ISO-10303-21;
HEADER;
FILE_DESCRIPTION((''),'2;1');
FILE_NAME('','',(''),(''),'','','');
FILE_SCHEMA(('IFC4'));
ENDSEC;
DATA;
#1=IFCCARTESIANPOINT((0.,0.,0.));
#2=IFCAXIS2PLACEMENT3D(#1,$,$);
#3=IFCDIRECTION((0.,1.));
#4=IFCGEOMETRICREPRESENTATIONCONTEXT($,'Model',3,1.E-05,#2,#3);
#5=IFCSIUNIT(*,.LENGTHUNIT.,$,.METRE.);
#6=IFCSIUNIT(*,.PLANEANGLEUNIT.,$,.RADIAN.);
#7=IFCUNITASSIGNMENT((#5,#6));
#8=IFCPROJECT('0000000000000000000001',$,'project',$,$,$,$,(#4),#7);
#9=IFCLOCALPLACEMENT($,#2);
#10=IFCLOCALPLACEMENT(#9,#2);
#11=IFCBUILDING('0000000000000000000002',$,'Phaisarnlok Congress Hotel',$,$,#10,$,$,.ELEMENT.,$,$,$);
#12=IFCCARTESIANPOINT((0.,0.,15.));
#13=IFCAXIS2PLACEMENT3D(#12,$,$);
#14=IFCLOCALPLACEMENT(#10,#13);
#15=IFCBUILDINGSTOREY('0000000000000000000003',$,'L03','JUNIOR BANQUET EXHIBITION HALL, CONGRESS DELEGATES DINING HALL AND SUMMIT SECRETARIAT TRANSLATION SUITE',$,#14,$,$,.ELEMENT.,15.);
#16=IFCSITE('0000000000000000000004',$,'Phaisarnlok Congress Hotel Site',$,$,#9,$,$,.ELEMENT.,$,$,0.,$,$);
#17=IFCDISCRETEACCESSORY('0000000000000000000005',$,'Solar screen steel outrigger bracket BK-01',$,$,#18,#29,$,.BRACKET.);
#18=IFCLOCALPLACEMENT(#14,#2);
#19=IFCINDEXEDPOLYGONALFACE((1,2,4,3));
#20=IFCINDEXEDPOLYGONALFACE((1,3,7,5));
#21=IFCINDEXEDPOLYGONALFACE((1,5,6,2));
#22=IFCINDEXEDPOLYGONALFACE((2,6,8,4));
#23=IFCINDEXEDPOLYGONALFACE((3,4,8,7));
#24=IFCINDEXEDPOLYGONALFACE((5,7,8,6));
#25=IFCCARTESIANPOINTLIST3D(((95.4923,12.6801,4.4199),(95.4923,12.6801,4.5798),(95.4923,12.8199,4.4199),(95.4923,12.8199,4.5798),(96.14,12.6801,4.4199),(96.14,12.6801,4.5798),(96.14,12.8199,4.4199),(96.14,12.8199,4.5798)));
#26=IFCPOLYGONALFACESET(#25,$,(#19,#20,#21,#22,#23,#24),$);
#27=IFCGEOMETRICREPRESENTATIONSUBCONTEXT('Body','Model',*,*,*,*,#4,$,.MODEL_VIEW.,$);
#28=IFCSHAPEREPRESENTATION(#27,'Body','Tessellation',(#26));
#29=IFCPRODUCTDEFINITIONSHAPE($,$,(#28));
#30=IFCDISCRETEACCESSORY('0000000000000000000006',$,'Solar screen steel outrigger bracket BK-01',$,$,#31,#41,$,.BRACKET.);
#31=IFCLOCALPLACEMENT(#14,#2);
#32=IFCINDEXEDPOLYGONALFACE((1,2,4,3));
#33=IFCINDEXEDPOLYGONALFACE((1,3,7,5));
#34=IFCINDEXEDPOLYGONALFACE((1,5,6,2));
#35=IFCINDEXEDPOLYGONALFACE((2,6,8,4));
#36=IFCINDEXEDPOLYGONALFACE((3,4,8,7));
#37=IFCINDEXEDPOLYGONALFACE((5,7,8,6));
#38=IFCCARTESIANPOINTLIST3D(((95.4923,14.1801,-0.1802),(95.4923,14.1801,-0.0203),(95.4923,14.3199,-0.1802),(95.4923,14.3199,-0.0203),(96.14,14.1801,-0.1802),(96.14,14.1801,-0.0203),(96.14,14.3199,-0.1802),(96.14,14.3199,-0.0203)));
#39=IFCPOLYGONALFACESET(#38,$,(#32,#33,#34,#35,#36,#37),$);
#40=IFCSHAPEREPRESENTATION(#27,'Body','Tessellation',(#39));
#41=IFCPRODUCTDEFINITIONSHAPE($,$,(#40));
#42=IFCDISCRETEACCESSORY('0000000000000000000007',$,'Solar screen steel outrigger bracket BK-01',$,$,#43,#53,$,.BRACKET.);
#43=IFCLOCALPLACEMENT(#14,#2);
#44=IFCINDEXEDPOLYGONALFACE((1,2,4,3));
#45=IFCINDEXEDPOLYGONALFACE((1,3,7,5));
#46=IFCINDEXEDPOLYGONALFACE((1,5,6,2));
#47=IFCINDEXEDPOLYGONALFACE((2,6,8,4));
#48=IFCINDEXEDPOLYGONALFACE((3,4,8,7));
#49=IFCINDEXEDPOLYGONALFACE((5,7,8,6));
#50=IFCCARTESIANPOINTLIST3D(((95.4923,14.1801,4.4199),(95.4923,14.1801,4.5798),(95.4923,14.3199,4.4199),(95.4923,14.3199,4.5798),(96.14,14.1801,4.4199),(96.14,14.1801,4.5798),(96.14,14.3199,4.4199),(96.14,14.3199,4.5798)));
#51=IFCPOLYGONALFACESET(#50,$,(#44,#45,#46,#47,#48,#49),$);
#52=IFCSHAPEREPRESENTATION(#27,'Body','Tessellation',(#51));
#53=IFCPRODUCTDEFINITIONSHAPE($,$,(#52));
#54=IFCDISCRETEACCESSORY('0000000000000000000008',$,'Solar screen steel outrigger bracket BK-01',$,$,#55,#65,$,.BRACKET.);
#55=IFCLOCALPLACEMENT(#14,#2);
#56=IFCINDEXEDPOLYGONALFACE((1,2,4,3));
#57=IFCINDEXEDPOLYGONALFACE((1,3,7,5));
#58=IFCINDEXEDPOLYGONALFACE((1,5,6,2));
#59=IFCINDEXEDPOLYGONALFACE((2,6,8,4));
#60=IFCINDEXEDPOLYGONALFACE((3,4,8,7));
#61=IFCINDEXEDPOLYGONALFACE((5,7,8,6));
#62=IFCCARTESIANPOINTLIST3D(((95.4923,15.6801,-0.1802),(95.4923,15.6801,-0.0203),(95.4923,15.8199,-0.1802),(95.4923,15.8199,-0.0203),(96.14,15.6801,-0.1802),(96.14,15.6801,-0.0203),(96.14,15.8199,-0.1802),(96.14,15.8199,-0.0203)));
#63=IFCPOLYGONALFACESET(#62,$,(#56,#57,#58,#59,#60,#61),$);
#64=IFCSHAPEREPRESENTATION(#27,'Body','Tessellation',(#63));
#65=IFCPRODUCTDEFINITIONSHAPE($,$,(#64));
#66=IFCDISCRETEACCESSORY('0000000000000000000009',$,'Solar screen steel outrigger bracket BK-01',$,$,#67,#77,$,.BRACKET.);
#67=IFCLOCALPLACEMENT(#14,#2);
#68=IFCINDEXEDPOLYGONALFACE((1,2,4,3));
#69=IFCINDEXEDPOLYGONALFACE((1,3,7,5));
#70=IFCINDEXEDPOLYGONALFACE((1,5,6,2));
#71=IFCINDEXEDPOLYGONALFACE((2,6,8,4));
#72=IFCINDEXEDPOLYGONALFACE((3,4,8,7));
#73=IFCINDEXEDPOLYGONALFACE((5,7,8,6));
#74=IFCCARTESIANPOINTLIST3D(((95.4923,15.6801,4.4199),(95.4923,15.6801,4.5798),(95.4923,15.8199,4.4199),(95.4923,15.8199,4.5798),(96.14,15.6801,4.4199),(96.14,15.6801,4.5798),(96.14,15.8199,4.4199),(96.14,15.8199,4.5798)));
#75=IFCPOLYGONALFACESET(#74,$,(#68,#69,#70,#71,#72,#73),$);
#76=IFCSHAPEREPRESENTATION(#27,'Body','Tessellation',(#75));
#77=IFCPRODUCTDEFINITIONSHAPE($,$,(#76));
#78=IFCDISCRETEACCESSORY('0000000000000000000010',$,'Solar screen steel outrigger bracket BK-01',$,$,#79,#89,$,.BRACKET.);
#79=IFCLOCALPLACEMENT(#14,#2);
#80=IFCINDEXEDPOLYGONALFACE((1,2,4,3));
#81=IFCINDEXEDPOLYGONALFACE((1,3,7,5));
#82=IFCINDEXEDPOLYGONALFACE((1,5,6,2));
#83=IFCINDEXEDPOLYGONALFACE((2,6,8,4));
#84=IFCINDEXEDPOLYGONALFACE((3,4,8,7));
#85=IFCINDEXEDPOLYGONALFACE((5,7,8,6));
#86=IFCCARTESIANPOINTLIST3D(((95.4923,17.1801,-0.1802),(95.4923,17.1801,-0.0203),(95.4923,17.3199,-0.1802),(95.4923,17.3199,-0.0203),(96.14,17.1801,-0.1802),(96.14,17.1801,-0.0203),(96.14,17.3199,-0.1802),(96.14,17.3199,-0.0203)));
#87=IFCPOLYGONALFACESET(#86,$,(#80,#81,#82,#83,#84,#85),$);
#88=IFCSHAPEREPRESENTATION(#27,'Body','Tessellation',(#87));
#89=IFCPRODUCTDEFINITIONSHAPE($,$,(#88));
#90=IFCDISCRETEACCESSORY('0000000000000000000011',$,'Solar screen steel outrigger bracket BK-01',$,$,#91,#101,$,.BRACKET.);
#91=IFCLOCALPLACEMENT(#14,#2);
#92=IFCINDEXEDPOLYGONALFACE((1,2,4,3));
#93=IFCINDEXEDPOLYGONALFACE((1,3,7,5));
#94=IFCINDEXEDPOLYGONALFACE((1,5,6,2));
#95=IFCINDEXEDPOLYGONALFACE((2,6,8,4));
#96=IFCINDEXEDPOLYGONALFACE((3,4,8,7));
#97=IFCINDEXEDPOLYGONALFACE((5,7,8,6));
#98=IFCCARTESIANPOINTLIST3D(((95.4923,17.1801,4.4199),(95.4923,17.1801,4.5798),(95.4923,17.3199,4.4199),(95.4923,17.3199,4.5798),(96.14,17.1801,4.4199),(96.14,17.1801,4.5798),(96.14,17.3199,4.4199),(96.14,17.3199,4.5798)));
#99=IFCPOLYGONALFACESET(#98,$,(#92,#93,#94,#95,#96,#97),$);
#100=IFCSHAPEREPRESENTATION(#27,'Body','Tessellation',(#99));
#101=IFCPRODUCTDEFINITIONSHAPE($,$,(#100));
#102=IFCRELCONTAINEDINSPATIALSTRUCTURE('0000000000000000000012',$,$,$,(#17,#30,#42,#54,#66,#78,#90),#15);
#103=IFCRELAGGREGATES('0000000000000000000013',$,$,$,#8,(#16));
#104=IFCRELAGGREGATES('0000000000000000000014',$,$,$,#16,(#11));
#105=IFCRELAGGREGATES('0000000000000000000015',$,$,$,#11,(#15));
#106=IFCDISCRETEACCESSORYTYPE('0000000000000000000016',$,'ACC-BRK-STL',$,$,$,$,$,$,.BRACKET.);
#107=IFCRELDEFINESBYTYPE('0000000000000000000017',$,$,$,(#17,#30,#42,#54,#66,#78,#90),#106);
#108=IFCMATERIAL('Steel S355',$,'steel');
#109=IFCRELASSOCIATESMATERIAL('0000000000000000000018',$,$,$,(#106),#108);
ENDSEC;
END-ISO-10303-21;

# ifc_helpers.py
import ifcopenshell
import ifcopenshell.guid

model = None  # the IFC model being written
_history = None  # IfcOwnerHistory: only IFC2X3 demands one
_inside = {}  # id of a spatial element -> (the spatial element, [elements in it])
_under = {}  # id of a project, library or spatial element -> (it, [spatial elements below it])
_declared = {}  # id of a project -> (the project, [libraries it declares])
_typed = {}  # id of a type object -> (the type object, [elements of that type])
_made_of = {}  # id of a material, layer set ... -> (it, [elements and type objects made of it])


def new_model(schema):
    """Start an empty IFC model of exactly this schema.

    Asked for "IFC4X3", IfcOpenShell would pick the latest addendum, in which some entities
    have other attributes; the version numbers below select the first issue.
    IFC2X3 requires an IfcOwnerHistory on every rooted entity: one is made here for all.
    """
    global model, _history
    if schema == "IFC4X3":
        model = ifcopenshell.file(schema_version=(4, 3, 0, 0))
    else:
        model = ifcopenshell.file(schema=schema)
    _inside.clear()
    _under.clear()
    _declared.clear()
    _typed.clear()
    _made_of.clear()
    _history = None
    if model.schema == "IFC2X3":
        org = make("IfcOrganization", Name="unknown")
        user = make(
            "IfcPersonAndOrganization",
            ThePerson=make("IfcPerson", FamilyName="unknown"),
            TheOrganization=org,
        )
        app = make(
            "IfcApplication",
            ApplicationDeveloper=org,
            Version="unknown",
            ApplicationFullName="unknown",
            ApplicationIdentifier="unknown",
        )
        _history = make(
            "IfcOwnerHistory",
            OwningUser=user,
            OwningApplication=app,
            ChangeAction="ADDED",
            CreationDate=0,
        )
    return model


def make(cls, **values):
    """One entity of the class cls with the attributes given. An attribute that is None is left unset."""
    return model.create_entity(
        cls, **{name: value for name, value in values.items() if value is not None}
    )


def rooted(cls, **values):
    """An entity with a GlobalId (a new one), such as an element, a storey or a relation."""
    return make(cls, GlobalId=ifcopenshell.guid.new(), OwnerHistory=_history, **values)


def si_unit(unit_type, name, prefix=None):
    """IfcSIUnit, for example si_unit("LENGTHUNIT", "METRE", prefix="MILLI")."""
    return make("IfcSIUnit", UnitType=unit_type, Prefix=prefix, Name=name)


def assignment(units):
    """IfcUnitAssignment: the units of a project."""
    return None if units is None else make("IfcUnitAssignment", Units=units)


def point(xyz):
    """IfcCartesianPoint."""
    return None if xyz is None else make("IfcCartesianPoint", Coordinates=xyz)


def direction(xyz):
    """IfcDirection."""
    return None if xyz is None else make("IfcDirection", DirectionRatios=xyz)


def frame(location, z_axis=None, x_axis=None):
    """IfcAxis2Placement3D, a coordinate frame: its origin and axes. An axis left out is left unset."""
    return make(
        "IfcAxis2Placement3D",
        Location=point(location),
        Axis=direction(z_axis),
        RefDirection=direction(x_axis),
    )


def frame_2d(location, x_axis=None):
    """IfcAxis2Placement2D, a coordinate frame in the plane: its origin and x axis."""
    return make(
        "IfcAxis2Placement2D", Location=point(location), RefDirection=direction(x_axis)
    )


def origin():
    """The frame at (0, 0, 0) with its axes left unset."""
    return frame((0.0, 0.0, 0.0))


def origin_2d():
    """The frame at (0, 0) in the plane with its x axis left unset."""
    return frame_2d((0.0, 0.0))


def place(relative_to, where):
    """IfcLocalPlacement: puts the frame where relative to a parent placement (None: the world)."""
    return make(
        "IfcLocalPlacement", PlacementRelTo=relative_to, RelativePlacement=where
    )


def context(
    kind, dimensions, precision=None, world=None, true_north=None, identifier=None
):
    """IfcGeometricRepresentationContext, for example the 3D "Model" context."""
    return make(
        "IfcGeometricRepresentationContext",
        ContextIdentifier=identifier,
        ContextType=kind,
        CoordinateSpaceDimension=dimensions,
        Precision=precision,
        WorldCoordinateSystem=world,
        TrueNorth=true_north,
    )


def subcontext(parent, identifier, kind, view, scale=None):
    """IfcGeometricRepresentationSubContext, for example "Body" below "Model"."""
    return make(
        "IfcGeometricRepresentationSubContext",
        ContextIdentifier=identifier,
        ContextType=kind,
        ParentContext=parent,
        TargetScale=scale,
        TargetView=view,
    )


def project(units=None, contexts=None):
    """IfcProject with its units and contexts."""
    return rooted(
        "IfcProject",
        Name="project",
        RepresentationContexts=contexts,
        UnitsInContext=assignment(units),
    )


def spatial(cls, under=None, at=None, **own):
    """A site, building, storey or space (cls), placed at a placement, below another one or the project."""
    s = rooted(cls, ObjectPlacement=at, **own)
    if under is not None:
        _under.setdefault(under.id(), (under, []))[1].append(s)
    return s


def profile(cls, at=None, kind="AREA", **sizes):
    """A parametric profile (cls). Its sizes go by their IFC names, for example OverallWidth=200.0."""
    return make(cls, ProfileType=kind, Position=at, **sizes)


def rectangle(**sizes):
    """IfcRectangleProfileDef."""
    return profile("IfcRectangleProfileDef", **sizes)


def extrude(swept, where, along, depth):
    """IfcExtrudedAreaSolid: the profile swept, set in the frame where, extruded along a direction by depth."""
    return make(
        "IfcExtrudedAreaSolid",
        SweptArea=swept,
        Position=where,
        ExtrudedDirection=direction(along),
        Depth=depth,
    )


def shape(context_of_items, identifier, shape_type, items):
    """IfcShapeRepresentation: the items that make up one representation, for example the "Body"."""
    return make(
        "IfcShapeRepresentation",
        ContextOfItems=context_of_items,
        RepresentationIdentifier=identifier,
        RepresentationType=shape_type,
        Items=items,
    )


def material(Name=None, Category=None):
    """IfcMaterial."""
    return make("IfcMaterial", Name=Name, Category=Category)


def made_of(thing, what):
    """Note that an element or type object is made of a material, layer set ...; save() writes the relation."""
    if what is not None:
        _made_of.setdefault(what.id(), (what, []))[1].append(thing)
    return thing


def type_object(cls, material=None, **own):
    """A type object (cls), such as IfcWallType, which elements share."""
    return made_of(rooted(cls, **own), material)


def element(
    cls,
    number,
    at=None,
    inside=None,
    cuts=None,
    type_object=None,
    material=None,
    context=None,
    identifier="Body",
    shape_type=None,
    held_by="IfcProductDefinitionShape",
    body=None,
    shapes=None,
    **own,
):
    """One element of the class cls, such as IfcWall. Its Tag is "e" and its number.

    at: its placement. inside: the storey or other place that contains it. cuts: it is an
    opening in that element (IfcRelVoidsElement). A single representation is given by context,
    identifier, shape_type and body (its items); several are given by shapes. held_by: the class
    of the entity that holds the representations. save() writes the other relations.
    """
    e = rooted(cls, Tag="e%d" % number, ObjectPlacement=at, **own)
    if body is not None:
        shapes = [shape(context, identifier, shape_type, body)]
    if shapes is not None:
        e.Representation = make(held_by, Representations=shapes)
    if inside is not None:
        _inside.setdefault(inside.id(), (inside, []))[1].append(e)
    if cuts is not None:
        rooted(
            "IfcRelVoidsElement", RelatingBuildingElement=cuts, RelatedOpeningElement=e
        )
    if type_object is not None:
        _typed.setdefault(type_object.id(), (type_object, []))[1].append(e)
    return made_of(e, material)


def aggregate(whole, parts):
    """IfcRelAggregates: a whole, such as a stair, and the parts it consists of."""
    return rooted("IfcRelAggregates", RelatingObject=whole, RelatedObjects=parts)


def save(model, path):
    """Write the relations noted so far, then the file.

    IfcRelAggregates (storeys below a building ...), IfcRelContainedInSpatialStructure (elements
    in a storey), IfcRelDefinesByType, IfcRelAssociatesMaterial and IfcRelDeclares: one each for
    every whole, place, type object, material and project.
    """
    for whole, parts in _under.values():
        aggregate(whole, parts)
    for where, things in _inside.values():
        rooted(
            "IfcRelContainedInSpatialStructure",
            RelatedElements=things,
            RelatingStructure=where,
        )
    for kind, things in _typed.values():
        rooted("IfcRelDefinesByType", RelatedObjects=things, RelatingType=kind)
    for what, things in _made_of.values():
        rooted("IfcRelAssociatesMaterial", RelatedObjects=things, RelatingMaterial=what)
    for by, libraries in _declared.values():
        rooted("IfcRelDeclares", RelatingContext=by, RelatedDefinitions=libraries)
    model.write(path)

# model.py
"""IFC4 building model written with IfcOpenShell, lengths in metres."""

from ifc_helpers import new_model, si_unit, direction, frame, origin, origin_2d, place, context, subcontext, project, spatial, rectangle, extrude, material, type_object, element, save


model = new_model("IFC4")

# Units and contexts
model_context = context("Model", 3, precision=1e-05, world=origin(), true_north=direction((0.0, 1.0)))
body_context = subcontext(model_context, "Body", "Model", "MODEL_VIEW")
ifc_project = project(units=[si_unit("LENGTHUNIT", "METRE"), si_unit("PLANEANGLEUNIT", "RADIAN")], contexts=[model_context])

# Site, building, storey
site_placement = place(None, origin())
site = spatial("IfcSite", under=ifc_project, at=site_placement, Name="Phaisarnlok Congress Hotel Site", CompositionType="ELEMENT", RefElevation=0.0)
building_placement = place(site_placement, origin())
building = spatial("IfcBuilding", under=site, at=building_placement, Name="Phaisarnlok Congress Hotel", CompositionType="ELEMENT")
storey_placement = place(building_placement, frame((0.0, 0.0, 15.0)))
storey = spatial("IfcBuildingStorey", under=building, at=storey_placement, Name="L03", Description="JUNIOR BANQUET EXHIBITION HALL, CONGRESS DELEGATES DINING HALL AND SUMMIT SECRETARIAT TRANSLATION SUITE", CompositionType="ELEMENT", Elevation=15.0)

# Shared definitions
ifc_material_1 = material(Name="Steel S355", Category="steel")

# Discrete accessories
discrete_accessory_type = type_object("IfcDiscreteAccessoryType", Name="ACC-BRK-STL", PredefinedType="BRACKET", material=ifc_material_1)
for number, where, z_axis, x_axis, name in (
    (1, (95.8162, 12.75, 4.4199), (0.0, 0.0, 1.0), (1.0, 0.0, 0.0), "Solar screen steel outrigger bracket BK-01"),
    (2, (95.8162, 14.25, -0.1802), (0.0, 0.0, 1.0), (1.0, 0.0, 0.0), "Solar screen steel outrigger bracket BK-01"),
    (3, (95.8162, 14.25, 4.4199), (0.0, 0.0, 1.0), (1.0, 0.0, 0.0), "Solar screen steel outrigger bracket BK-01"),
    (4, (95.8162, 15.75, -0.1802), (0.0, 0.0, 1.0), (1.0, 0.0, 0.0), "Solar screen steel outrigger bracket BK-01"),
    (5, (95.8162, 15.75, 4.4199), (0.0, 0.0, 1.0), (1.0, 0.0, 0.0), "Solar screen steel outrigger bracket BK-01"),
    (6, (95.8162, 17.25, -0.1802), (0.0, 0.0, 1.0), (1.0, 0.0, 0.0), "Solar screen steel outrigger bracket BK-01"),
    (7, (95.8162, 17.25, 4.4199), (0.0, 0.0, 1.0), (1.0, 0.0, 0.0), "Solar screen steel outrigger bracket BK-01"),
):
    element("IfcDiscreteAccessory", number, at=place(storey_placement, frame(where, z_axis=z_axis, x_axis=x_axis)), inside=storey, type_object=discrete_accessory_type, Name=name, PredefinedType="BRACKET", context=body_context, shape_type="SweptSolid", body=[
        extrude(rectangle(XDim=0.6477, YDim=0.1399, at=origin_2d()), origin(), (0.0, 0.0, 1.0), 0.1599),
    ])

save(model, "model.ifc")
